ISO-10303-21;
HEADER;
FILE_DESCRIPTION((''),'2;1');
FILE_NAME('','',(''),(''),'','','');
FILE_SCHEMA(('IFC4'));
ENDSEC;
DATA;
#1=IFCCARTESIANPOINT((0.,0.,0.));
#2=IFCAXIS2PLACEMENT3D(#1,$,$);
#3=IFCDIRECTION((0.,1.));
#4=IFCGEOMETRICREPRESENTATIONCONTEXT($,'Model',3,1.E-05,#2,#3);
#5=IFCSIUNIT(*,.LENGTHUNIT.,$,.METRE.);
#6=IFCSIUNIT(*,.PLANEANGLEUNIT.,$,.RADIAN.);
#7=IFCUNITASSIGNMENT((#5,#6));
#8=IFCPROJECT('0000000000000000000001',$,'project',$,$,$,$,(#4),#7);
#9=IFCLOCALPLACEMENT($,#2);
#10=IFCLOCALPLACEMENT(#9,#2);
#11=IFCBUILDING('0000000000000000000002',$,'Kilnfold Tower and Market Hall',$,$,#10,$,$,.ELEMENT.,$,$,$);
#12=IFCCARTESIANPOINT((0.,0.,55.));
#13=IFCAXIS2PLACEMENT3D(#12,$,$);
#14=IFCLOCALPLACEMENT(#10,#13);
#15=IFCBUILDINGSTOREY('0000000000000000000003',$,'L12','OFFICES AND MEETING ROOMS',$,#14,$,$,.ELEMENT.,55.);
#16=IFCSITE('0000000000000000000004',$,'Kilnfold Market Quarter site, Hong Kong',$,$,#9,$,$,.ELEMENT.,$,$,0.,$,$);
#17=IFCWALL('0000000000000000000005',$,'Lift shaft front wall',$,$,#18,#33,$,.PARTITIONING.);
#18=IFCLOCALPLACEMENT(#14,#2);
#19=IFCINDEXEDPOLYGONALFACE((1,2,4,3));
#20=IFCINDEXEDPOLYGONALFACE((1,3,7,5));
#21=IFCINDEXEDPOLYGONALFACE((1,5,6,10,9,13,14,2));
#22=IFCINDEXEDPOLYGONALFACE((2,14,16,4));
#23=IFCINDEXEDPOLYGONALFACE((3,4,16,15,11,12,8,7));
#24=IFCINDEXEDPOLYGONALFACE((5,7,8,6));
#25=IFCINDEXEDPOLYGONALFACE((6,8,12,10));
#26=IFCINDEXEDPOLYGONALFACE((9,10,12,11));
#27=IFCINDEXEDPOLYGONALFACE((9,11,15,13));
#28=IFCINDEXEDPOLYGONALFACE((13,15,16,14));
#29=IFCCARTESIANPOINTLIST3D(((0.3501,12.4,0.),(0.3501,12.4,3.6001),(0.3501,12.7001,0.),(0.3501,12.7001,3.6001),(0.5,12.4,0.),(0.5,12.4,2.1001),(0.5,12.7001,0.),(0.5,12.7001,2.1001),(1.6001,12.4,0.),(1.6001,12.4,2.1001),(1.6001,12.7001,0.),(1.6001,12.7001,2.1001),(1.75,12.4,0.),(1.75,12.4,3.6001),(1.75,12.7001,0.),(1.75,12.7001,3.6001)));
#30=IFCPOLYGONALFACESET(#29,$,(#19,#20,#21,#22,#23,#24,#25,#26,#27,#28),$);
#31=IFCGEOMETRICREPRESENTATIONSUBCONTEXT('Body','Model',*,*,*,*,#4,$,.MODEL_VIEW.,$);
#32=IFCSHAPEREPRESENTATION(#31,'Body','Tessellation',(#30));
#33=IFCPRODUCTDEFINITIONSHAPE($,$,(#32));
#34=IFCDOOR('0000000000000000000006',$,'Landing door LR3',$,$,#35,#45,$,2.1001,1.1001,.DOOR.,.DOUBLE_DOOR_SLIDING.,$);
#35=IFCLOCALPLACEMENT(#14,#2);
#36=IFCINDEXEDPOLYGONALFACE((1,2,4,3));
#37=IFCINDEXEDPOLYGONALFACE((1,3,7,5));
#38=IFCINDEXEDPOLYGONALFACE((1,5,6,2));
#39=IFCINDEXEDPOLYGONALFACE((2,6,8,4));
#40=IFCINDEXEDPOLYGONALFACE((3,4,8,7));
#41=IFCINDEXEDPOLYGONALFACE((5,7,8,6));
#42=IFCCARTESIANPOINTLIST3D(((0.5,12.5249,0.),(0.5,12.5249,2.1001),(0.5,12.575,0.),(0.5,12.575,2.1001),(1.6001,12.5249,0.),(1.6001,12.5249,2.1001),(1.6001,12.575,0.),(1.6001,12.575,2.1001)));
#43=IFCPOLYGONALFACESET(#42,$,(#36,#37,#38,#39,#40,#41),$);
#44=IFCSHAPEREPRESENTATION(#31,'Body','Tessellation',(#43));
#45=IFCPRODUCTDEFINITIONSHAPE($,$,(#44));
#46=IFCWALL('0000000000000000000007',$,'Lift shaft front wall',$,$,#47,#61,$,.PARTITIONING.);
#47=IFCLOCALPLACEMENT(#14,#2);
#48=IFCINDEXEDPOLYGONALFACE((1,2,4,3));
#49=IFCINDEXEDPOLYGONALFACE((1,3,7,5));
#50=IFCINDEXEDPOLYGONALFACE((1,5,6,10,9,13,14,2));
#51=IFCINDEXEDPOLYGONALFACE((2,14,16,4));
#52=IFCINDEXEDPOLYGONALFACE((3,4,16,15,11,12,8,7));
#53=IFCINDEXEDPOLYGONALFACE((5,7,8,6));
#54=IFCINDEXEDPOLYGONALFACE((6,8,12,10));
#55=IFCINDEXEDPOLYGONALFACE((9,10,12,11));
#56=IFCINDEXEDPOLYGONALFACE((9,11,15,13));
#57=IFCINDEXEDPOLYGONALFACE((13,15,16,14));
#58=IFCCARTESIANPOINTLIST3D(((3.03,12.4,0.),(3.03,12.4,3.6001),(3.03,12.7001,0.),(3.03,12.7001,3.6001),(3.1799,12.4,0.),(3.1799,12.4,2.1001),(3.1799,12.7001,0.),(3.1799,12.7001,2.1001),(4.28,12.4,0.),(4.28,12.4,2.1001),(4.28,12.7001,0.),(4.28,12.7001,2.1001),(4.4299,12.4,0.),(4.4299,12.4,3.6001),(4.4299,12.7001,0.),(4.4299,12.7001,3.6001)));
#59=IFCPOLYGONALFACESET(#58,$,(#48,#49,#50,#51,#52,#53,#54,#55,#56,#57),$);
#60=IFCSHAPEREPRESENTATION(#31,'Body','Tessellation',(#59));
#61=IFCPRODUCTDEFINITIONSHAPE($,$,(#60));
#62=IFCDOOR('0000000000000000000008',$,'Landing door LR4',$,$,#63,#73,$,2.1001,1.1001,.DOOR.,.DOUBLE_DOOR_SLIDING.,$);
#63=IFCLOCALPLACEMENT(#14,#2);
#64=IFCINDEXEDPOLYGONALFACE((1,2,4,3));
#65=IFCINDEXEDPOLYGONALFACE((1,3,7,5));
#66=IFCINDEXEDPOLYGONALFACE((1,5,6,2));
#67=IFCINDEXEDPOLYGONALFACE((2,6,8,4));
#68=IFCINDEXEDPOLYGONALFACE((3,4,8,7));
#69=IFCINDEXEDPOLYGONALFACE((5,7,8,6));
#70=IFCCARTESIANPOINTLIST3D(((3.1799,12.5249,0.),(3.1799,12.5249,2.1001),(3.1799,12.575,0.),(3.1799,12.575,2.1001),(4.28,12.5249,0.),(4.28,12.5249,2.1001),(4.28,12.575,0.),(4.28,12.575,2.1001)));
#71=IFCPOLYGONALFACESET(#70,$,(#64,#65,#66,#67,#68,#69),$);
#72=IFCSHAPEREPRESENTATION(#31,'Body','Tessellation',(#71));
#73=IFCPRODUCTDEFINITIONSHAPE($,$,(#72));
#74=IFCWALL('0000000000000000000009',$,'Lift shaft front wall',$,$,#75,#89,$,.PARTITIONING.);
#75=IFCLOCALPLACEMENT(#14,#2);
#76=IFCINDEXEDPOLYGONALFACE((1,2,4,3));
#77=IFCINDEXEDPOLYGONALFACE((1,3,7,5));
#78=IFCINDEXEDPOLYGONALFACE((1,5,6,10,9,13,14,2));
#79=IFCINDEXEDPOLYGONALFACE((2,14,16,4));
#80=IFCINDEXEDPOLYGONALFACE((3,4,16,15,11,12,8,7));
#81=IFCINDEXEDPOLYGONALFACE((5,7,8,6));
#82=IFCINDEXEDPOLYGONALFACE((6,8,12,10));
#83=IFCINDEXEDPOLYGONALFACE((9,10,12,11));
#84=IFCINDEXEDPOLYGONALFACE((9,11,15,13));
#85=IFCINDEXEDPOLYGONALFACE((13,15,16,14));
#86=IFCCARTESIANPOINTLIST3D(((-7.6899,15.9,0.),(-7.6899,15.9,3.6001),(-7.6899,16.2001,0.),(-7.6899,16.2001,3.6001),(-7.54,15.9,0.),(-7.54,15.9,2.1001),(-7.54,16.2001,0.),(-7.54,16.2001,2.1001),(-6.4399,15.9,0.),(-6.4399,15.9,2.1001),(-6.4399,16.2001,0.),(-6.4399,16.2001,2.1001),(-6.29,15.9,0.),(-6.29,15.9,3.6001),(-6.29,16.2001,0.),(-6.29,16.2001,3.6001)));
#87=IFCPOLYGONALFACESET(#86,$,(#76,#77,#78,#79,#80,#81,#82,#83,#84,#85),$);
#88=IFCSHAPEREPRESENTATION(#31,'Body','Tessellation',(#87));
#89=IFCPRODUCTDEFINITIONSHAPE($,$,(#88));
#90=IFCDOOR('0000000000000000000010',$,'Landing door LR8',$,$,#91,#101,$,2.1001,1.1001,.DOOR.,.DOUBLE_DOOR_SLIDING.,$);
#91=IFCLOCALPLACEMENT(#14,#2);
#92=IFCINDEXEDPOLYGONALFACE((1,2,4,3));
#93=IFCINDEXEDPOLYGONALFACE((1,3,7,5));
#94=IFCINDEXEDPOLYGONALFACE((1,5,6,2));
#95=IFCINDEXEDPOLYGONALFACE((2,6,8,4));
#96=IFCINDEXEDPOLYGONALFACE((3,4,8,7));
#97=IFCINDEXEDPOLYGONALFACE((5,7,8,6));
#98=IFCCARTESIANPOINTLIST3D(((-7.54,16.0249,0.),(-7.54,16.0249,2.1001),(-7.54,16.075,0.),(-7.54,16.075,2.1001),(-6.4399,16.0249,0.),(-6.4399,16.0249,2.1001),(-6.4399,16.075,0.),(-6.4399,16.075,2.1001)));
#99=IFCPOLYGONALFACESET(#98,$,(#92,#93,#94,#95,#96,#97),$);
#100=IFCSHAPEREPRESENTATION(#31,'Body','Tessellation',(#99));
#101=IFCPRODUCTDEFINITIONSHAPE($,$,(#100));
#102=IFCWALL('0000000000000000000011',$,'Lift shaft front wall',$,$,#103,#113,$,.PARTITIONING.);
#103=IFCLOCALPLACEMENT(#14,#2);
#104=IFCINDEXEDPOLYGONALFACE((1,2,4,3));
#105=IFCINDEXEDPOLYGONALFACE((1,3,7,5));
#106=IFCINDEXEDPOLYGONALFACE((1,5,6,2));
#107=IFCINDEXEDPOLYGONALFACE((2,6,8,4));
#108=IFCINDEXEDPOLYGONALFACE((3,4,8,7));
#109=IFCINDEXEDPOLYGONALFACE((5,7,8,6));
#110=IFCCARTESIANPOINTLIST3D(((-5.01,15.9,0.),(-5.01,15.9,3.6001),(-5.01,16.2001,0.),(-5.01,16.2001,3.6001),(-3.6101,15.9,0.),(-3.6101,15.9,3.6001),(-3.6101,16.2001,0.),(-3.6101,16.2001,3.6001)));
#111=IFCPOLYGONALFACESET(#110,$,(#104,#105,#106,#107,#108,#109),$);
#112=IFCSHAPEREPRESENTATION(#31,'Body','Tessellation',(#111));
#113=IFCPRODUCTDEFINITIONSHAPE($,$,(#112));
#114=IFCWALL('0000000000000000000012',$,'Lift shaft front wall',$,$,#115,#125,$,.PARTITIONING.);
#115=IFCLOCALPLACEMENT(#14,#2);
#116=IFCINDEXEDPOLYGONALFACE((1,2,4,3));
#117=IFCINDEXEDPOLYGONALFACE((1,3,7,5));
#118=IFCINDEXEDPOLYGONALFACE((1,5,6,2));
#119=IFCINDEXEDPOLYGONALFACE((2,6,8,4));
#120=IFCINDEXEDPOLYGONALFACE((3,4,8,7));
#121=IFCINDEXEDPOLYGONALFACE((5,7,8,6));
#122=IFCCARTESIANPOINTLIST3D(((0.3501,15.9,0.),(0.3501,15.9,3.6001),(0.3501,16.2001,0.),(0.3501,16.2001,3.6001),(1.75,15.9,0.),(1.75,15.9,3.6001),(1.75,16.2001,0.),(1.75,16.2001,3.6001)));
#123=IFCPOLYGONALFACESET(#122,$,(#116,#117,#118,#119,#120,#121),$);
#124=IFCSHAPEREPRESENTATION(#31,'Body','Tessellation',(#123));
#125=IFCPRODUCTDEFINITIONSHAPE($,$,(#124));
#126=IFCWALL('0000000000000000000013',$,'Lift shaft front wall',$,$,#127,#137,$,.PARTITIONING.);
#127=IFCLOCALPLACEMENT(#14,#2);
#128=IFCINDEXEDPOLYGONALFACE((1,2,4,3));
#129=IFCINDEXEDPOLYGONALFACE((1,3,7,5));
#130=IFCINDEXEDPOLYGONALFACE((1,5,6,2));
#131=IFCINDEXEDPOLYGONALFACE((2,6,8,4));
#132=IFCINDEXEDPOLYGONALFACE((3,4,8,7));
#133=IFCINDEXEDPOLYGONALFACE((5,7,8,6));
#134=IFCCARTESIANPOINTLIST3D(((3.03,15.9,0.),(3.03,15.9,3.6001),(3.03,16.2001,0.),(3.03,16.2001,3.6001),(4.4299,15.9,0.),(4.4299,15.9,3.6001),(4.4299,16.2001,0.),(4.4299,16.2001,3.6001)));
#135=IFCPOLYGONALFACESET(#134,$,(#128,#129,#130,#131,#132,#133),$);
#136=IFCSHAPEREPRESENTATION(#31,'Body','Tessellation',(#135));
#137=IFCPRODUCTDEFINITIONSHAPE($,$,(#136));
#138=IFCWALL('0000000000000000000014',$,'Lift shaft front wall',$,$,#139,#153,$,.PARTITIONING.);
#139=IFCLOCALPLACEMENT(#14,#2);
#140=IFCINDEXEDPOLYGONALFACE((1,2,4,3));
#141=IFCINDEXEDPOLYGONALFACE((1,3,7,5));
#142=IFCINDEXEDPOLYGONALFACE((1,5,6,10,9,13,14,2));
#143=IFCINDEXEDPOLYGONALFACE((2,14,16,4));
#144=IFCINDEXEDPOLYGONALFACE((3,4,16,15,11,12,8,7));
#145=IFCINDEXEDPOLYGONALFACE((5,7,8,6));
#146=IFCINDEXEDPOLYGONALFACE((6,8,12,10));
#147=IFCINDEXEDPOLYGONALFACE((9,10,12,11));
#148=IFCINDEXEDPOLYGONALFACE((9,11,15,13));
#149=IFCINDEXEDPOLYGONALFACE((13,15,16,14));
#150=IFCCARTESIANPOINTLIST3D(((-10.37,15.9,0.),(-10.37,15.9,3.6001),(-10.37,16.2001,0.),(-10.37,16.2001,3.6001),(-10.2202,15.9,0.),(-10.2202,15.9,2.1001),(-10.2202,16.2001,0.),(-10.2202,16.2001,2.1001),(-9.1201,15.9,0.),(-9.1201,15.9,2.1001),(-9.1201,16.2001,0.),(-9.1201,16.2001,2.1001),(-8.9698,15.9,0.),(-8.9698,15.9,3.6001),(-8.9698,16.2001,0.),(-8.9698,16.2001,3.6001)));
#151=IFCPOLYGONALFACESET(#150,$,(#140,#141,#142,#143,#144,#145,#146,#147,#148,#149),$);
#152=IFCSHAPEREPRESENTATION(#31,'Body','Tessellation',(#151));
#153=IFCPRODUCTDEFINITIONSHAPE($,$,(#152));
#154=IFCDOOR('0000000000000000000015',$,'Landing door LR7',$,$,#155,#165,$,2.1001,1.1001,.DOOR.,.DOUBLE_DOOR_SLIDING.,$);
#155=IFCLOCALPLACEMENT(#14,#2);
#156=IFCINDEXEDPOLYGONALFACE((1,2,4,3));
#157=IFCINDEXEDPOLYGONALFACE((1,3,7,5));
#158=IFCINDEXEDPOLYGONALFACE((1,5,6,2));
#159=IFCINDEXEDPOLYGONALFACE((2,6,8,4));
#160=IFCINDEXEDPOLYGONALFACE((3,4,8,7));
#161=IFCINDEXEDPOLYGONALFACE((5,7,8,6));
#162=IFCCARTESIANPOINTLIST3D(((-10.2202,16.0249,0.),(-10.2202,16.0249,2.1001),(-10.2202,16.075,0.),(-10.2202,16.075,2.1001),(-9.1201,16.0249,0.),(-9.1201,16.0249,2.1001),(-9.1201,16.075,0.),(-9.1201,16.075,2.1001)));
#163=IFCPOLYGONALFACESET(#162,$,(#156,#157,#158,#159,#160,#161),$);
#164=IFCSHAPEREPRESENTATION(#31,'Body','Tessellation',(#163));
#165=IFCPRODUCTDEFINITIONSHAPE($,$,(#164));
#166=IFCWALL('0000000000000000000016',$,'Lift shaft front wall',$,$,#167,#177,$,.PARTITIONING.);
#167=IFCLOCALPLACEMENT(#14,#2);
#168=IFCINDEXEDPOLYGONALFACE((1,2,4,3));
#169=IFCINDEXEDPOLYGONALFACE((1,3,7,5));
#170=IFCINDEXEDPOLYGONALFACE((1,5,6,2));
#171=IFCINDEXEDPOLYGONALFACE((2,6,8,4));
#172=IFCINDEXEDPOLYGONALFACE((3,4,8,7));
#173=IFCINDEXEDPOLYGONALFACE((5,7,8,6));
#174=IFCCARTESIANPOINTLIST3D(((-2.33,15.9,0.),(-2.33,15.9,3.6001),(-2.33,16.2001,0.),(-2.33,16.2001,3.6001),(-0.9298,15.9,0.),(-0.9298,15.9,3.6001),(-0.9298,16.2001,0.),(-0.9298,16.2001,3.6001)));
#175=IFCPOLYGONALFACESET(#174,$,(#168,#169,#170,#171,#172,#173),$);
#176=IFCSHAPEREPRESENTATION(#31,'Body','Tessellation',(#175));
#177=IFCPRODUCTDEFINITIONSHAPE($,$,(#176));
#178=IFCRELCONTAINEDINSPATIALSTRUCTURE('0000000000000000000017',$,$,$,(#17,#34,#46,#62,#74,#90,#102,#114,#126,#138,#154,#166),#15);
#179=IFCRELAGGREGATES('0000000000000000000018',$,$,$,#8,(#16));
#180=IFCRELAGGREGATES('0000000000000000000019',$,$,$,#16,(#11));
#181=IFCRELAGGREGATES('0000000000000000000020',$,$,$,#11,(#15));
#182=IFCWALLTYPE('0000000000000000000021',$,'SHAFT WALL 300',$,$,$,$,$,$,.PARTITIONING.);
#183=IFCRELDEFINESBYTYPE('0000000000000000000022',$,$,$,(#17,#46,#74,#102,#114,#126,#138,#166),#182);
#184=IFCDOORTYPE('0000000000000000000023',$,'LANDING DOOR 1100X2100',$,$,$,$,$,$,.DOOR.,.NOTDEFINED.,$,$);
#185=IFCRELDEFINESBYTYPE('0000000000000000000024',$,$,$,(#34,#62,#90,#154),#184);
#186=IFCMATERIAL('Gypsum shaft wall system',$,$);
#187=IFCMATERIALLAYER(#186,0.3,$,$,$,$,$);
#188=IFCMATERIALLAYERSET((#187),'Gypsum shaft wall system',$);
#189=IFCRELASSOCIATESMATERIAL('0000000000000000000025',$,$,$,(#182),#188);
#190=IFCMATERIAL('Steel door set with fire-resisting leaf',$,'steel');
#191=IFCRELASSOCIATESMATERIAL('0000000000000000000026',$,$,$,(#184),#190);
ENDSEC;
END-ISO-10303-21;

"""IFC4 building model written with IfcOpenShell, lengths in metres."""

from ifc_helpers import new_model, si_unit, direction, frame, frame_2d, origin, place, context, subcontext, project, spatial, rectangle, extrude, source, transform, mapped, material, layer, layer_set, type_object, element, fill, save


model = new_model("IFC4")

# Units and contexts
model_context = context("Model", 3, precision=1e-05, world=origin(), true_north=direction((0.0, 1.0)))
body_context = subcontext(model_context, "Body", "Model", "MODEL_VIEW")
ifc_project = project(units=[si_unit("LENGTHUNIT", "METRE"), si_unit("PLANEANGLEUNIT", "RADIAN")], contexts=[model_context])

# Site, building, storey
site_placement = place(None, origin())
site = spatial("IfcSite", under=ifc_project, at=site_placement, Name="Kilnfold Market Quarter site, Hong Kong", CompositionType="ELEMENT", RefElevation=0.0)
building_placement = place(site_placement, origin())
building = spatial("IfcBuilding", under=site, at=building_placement, Name="Kilnfold Tower and Market Hall", CompositionType="ELEMENT")
storey_placement = place(building_placement, frame((0.0, 0.0, 55.0)))
storey = spatial("IfcBuildingStorey", under=building, at=storey_placement, Name="L12", Description="OFFICES AND MEETING ROOMS", CompositionType="ELEMENT", Elevation=55.0)

# Walls, openings, doors
ifc_material_1 = material(Name="Gypsum shaft wall system")
ifc_layer_1 = layer(ifc_material_1, 0.3)
ifc_layer_set_1 = layer_set([ifc_layer_1], Name="Gypsum shaft wall system")
wall_type_1 = type_object("IfcWallType", Name="SHAFT WALL 300", PredefinedType="PARTITIONING", material=ifc_layer_set_1)
shared_shape_1 = source(origin(), body_context, "Body", "SweptSolid", [
    extrude(rectangle(XDim=1.3999, YDim=0.3, at=frame_2d((0.7, 0.0))), origin(), (0.0, 0.0, 1.0), 3.6001),
])
wall_1_placement = place(storey_placement, frame((0.3501, 12.55, 0.0), z_axis=(0.0, 0.0, 1.0), x_axis=(1.0, 0.0, 0.0)))
wall_1 = element("IfcWall", 1, at=wall_1_placement, inside=storey, type_object=wall_type_1, Name="Lift shaft front wall", PredefinedType="PARTITIONING", context=body_context, shape_type="MappedRepresentation", body=[
    mapped(shared_shape_1, transform((0.0, 0.0, 0.0))),
])
opening_1_placement = place(wall_1_placement, frame((0.1499, 0.0, 0.0)))
opening_1 = element("IfcOpeningElement", 2, at=opening_1_placement, cuts=wall_1, PredefinedType="OPENING", context=body_context, shape_type="SweptSolid", body=[
    extrude(rectangle(XDim=1.1001, YDim=2.1001, at=frame_2d((0.55, 1.05))), frame((0.0, 0.1602, 0.0), z_axis=(0.0, -1.0, 0.0), x_axis=(1.0, 0.0, 0.0)), (0.0, 0.0, 1.0), 0.3201),
])
ifc_material_2 = material(Name="Steel door set with fire-resisting leaf", Category="steel")
door_type = type_object("IfcDoorType", Name="LANDING DOOR 1100X2100", OperationType="NOTDEFINED", PredefinedType="DOOR", material=ifc_material_2)
door_1_placement = place(opening_1_placement, origin())
door_1 = element("IfcDoor", 3, at=door_1_placement, inside=storey, type_object=door_type, Name="Landing door LR3", OperationType="DOUBLE_DOOR_SLIDING", OverallHeight=2.1001, OverallWidth=1.1001, PredefinedType="DOOR", context=body_context, shape_type="SweptSolid", body=[
    extrude(rectangle(XDim=1.1001, YDim=2.1001, at=frame_2d((0.55, 1.05))), frame((0.0, 0.0249, 0.0), z_axis=(0.0, -1.0, 0.0), x_axis=(1.0, 0.0, 0.0)), (0.0, 0.0, 1.0), 0.05),
])
fill(opening_1, door_1)
wall_2_placement = place(storey_placement, frame((3.03, 12.55, 0.0), z_axis=(0.0, 0.0, 1.0), x_axis=(1.0, 0.0, 0.0)))
wall_2 = element("IfcWall", 4, at=wall_2_placement, inside=storey, type_object=wall_type_1, Name="Lift shaft front wall", PredefinedType="PARTITIONING", context=body_context, shape_type="MappedRepresentation", body=[
    mapped(shared_shape_1, transform((0.0, 0.0, 0.0))),
])
opening_2_placement = place(wall_2_placement, frame((0.1499, 0.0, 0.0)))
opening_2 = element("IfcOpeningElement", 5, at=opening_2_placement, cuts=wall_2, PredefinedType="OPENING", context=body_context, shape_type="SweptSolid", body=[
    extrude(rectangle(XDim=1.1001, YDim=2.1001, at=frame_2d((0.55, 1.05))), frame((0.0, 0.1602, 0.0), z_axis=(0.0, -1.0, 0.0), x_axis=(1.0, 0.0, 0.0)), (0.0, 0.0, 1.0), 0.3201),
])
door_2_placement = place(opening_2_placement, origin())
door_2 = element("IfcDoor", 6, at=door_2_placement, inside=storey, type_object=door_type, Name="Landing door LR4", OperationType="DOUBLE_DOOR_SLIDING", OverallHeight=2.1001, OverallWidth=1.1001, PredefinedType="DOOR", context=body_context, shape_type="SweptSolid", body=[
    extrude(rectangle(XDim=1.1001, YDim=2.1001, at=frame_2d((0.55, 1.05))), frame((0.0, 0.0249, 0.0), z_axis=(0.0, -1.0, 0.0), x_axis=(1.0, 0.0, 0.0)), (0.0, 0.0, 1.0), 0.05),
])
fill(opening_2, door_2)
wall_3_placement = place(storey_placement, frame((-7.6899, 16.05, 0.0), z_axis=(0.0, 0.0, 1.0), x_axis=(1.0, 0.0, 0.0)))
wall_3 = element("IfcWall", 7, at=wall_3_placement, inside=storey, type_object=wall_type_1, Name="Lift shaft front wall", PredefinedType="PARTITIONING", context=body_context, shape_type="MappedRepresentation", body=[
    mapped(shared_shape_1, transform((0.0, 0.0, 0.0))),
])
opening_3_placement = place(wall_3_placement, frame((0.1499, 0.0, 0.0)))
opening_3 = element("IfcOpeningElement", 8, at=opening_3_placement, cuts=wall_3, PredefinedType="OPENING", context=body_context, shape_type="SweptSolid", body=[
    extrude(rectangle(XDim=1.1001, YDim=2.1001, at=frame_2d((0.55, 1.05))), frame((0.0, 0.1602, 0.0), z_axis=(0.0, -1.0, 0.0), x_axis=(1.0, 0.0, 0.0)), (0.0, 0.0, 1.0), 0.3201),
])
door_3_placement = place(opening_3_placement, origin())
door_3 = element("IfcDoor", 9, at=door_3_placement, inside=storey, type_object=door_type, Name="Landing door LR8", OperationType="DOUBLE_DOOR_SLIDING", OverallHeight=2.1001, OverallWidth=1.1001, PredefinedType="DOOR", context=body_context, shape_type="SweptSolid", body=[
    extrude(rectangle(XDim=1.1001, YDim=2.1001, at=frame_2d((0.55, 1.05))), frame((0.0, 0.0249, 0.0), z_axis=(0.0, -1.0, 0.0), x_axis=(1.0, 0.0, 0.0)), (0.0, 0.0, 1.0), 0.05),
])
fill(opening_3, door_3)

# Walls
for number, where, z_axis, x_axis, name in (
    (10, (-5.01, 16.05, 0.0), (0.0, 0.0, 1.0), (1.0, 0.0, 0.0), "Lift shaft front wall"),
    (11, (0.3501, 16.05, 0.0), (0.0, 0.0, 1.0), (1.0, 0.0, 0.0), "Lift shaft front wall"),
    (12, (3.03, 16.05, 0.0), (0.0, 0.0, 1.0), (1.0, 0.0, 0.0), "Lift shaft front wall"),
):
    element("IfcWall", number, at=place(storey_placement, frame(where, z_axis=z_axis, x_axis=x_axis)), inside=storey, type_object=wall_type_1, Name=name, PredefinedType="PARTITIONING", context=body_context, shape_type="MappedRepresentation", body=[
        mapped(shared_shape_1, transform((0.0, 0.0, 0.0))),
    ])

# Wall, opening, door
shared_shape_2 = source(origin(), body_context, "Body", "SweptSolid", [
    extrude(rectangle(XDim=1.4001, YDim=0.3, at=frame_2d((0.7002, 0.0))), origin(), (0.0, 0.0, 1.0), 3.6001),
])
wall_4_placement = place(storey_placement, frame((-10.3701, 16.05, 0.0), z_axis=(0.0, 0.0, 1.0), x_axis=(1.0, 0.0, 0.0)))
wall_4 = element("IfcWall", 13, at=wall_4_placement, inside=storey, type_object=wall_type_1, Name="Lift shaft front wall", PredefinedType="PARTITIONING", context=body_context, shape_type="MappedRepresentation", body=[
    mapped(shared_shape_2, transform((0.0, 0.0, 0.0))),
])
opening_4_placement = place(wall_4_placement, frame((0.1499, 0.0, 0.0)))
opening_4 = element("IfcOpeningElement", 14, at=opening_4_placement, cuts=wall_4, PredefinedType="OPENING", context=body_context, shape_type="SweptSolid", body=[
    extrude(rectangle(XDim=1.1001, YDim=2.1001, at=frame_2d((0.55, 1.05))), frame((0.0, 0.1602, 0.0), z_axis=(0.0, -1.0, 0.0), x_axis=(1.0, 0.0, 0.0)), (0.0, 0.0, 1.0), 0.3201),
])
door_4_placement = place(opening_4_placement, origin())
door_4 = element("IfcDoor", 15, at=door_4_placement, inside=storey, type_object=door_type, Name="Landing door LR7", OperationType="DOUBLE_DOOR_SLIDING", OverallHeight=2.1001, OverallWidth=1.1001, PredefinedType="DOOR", context=body_context, shape_type="SweptSolid", body=[
    extrude(rectangle(XDim=1.1001, YDim=2.1001, at=frame_2d((0.55, 1.05))), frame((0.0, 0.0249, 0.0), z_axis=(0.0, -1.0, 0.0), x_axis=(1.0, 0.0, 0.0)), (0.0, 0.0, 1.0), 0.05),
])
fill(opening_4, door_4)

# Wall
wall_5_placement = place(storey_placement, frame((-2.3301, 16.05, 0.0), z_axis=(0.0, 0.0, 1.0), x_axis=(1.0, 0.0, 0.0)))
element("IfcWall", 16, at=wall_5_placement, inside=storey, type_object=wall_type_1, Name="Lift shaft front wall", PredefinedType="PARTITIONING", context=body_context, shape_type="MappedRepresentation", body=[
    mapped(shared_shape_2, transform((0.0, 0.0, 0.0))),
])

save(model, "model.ifc")
